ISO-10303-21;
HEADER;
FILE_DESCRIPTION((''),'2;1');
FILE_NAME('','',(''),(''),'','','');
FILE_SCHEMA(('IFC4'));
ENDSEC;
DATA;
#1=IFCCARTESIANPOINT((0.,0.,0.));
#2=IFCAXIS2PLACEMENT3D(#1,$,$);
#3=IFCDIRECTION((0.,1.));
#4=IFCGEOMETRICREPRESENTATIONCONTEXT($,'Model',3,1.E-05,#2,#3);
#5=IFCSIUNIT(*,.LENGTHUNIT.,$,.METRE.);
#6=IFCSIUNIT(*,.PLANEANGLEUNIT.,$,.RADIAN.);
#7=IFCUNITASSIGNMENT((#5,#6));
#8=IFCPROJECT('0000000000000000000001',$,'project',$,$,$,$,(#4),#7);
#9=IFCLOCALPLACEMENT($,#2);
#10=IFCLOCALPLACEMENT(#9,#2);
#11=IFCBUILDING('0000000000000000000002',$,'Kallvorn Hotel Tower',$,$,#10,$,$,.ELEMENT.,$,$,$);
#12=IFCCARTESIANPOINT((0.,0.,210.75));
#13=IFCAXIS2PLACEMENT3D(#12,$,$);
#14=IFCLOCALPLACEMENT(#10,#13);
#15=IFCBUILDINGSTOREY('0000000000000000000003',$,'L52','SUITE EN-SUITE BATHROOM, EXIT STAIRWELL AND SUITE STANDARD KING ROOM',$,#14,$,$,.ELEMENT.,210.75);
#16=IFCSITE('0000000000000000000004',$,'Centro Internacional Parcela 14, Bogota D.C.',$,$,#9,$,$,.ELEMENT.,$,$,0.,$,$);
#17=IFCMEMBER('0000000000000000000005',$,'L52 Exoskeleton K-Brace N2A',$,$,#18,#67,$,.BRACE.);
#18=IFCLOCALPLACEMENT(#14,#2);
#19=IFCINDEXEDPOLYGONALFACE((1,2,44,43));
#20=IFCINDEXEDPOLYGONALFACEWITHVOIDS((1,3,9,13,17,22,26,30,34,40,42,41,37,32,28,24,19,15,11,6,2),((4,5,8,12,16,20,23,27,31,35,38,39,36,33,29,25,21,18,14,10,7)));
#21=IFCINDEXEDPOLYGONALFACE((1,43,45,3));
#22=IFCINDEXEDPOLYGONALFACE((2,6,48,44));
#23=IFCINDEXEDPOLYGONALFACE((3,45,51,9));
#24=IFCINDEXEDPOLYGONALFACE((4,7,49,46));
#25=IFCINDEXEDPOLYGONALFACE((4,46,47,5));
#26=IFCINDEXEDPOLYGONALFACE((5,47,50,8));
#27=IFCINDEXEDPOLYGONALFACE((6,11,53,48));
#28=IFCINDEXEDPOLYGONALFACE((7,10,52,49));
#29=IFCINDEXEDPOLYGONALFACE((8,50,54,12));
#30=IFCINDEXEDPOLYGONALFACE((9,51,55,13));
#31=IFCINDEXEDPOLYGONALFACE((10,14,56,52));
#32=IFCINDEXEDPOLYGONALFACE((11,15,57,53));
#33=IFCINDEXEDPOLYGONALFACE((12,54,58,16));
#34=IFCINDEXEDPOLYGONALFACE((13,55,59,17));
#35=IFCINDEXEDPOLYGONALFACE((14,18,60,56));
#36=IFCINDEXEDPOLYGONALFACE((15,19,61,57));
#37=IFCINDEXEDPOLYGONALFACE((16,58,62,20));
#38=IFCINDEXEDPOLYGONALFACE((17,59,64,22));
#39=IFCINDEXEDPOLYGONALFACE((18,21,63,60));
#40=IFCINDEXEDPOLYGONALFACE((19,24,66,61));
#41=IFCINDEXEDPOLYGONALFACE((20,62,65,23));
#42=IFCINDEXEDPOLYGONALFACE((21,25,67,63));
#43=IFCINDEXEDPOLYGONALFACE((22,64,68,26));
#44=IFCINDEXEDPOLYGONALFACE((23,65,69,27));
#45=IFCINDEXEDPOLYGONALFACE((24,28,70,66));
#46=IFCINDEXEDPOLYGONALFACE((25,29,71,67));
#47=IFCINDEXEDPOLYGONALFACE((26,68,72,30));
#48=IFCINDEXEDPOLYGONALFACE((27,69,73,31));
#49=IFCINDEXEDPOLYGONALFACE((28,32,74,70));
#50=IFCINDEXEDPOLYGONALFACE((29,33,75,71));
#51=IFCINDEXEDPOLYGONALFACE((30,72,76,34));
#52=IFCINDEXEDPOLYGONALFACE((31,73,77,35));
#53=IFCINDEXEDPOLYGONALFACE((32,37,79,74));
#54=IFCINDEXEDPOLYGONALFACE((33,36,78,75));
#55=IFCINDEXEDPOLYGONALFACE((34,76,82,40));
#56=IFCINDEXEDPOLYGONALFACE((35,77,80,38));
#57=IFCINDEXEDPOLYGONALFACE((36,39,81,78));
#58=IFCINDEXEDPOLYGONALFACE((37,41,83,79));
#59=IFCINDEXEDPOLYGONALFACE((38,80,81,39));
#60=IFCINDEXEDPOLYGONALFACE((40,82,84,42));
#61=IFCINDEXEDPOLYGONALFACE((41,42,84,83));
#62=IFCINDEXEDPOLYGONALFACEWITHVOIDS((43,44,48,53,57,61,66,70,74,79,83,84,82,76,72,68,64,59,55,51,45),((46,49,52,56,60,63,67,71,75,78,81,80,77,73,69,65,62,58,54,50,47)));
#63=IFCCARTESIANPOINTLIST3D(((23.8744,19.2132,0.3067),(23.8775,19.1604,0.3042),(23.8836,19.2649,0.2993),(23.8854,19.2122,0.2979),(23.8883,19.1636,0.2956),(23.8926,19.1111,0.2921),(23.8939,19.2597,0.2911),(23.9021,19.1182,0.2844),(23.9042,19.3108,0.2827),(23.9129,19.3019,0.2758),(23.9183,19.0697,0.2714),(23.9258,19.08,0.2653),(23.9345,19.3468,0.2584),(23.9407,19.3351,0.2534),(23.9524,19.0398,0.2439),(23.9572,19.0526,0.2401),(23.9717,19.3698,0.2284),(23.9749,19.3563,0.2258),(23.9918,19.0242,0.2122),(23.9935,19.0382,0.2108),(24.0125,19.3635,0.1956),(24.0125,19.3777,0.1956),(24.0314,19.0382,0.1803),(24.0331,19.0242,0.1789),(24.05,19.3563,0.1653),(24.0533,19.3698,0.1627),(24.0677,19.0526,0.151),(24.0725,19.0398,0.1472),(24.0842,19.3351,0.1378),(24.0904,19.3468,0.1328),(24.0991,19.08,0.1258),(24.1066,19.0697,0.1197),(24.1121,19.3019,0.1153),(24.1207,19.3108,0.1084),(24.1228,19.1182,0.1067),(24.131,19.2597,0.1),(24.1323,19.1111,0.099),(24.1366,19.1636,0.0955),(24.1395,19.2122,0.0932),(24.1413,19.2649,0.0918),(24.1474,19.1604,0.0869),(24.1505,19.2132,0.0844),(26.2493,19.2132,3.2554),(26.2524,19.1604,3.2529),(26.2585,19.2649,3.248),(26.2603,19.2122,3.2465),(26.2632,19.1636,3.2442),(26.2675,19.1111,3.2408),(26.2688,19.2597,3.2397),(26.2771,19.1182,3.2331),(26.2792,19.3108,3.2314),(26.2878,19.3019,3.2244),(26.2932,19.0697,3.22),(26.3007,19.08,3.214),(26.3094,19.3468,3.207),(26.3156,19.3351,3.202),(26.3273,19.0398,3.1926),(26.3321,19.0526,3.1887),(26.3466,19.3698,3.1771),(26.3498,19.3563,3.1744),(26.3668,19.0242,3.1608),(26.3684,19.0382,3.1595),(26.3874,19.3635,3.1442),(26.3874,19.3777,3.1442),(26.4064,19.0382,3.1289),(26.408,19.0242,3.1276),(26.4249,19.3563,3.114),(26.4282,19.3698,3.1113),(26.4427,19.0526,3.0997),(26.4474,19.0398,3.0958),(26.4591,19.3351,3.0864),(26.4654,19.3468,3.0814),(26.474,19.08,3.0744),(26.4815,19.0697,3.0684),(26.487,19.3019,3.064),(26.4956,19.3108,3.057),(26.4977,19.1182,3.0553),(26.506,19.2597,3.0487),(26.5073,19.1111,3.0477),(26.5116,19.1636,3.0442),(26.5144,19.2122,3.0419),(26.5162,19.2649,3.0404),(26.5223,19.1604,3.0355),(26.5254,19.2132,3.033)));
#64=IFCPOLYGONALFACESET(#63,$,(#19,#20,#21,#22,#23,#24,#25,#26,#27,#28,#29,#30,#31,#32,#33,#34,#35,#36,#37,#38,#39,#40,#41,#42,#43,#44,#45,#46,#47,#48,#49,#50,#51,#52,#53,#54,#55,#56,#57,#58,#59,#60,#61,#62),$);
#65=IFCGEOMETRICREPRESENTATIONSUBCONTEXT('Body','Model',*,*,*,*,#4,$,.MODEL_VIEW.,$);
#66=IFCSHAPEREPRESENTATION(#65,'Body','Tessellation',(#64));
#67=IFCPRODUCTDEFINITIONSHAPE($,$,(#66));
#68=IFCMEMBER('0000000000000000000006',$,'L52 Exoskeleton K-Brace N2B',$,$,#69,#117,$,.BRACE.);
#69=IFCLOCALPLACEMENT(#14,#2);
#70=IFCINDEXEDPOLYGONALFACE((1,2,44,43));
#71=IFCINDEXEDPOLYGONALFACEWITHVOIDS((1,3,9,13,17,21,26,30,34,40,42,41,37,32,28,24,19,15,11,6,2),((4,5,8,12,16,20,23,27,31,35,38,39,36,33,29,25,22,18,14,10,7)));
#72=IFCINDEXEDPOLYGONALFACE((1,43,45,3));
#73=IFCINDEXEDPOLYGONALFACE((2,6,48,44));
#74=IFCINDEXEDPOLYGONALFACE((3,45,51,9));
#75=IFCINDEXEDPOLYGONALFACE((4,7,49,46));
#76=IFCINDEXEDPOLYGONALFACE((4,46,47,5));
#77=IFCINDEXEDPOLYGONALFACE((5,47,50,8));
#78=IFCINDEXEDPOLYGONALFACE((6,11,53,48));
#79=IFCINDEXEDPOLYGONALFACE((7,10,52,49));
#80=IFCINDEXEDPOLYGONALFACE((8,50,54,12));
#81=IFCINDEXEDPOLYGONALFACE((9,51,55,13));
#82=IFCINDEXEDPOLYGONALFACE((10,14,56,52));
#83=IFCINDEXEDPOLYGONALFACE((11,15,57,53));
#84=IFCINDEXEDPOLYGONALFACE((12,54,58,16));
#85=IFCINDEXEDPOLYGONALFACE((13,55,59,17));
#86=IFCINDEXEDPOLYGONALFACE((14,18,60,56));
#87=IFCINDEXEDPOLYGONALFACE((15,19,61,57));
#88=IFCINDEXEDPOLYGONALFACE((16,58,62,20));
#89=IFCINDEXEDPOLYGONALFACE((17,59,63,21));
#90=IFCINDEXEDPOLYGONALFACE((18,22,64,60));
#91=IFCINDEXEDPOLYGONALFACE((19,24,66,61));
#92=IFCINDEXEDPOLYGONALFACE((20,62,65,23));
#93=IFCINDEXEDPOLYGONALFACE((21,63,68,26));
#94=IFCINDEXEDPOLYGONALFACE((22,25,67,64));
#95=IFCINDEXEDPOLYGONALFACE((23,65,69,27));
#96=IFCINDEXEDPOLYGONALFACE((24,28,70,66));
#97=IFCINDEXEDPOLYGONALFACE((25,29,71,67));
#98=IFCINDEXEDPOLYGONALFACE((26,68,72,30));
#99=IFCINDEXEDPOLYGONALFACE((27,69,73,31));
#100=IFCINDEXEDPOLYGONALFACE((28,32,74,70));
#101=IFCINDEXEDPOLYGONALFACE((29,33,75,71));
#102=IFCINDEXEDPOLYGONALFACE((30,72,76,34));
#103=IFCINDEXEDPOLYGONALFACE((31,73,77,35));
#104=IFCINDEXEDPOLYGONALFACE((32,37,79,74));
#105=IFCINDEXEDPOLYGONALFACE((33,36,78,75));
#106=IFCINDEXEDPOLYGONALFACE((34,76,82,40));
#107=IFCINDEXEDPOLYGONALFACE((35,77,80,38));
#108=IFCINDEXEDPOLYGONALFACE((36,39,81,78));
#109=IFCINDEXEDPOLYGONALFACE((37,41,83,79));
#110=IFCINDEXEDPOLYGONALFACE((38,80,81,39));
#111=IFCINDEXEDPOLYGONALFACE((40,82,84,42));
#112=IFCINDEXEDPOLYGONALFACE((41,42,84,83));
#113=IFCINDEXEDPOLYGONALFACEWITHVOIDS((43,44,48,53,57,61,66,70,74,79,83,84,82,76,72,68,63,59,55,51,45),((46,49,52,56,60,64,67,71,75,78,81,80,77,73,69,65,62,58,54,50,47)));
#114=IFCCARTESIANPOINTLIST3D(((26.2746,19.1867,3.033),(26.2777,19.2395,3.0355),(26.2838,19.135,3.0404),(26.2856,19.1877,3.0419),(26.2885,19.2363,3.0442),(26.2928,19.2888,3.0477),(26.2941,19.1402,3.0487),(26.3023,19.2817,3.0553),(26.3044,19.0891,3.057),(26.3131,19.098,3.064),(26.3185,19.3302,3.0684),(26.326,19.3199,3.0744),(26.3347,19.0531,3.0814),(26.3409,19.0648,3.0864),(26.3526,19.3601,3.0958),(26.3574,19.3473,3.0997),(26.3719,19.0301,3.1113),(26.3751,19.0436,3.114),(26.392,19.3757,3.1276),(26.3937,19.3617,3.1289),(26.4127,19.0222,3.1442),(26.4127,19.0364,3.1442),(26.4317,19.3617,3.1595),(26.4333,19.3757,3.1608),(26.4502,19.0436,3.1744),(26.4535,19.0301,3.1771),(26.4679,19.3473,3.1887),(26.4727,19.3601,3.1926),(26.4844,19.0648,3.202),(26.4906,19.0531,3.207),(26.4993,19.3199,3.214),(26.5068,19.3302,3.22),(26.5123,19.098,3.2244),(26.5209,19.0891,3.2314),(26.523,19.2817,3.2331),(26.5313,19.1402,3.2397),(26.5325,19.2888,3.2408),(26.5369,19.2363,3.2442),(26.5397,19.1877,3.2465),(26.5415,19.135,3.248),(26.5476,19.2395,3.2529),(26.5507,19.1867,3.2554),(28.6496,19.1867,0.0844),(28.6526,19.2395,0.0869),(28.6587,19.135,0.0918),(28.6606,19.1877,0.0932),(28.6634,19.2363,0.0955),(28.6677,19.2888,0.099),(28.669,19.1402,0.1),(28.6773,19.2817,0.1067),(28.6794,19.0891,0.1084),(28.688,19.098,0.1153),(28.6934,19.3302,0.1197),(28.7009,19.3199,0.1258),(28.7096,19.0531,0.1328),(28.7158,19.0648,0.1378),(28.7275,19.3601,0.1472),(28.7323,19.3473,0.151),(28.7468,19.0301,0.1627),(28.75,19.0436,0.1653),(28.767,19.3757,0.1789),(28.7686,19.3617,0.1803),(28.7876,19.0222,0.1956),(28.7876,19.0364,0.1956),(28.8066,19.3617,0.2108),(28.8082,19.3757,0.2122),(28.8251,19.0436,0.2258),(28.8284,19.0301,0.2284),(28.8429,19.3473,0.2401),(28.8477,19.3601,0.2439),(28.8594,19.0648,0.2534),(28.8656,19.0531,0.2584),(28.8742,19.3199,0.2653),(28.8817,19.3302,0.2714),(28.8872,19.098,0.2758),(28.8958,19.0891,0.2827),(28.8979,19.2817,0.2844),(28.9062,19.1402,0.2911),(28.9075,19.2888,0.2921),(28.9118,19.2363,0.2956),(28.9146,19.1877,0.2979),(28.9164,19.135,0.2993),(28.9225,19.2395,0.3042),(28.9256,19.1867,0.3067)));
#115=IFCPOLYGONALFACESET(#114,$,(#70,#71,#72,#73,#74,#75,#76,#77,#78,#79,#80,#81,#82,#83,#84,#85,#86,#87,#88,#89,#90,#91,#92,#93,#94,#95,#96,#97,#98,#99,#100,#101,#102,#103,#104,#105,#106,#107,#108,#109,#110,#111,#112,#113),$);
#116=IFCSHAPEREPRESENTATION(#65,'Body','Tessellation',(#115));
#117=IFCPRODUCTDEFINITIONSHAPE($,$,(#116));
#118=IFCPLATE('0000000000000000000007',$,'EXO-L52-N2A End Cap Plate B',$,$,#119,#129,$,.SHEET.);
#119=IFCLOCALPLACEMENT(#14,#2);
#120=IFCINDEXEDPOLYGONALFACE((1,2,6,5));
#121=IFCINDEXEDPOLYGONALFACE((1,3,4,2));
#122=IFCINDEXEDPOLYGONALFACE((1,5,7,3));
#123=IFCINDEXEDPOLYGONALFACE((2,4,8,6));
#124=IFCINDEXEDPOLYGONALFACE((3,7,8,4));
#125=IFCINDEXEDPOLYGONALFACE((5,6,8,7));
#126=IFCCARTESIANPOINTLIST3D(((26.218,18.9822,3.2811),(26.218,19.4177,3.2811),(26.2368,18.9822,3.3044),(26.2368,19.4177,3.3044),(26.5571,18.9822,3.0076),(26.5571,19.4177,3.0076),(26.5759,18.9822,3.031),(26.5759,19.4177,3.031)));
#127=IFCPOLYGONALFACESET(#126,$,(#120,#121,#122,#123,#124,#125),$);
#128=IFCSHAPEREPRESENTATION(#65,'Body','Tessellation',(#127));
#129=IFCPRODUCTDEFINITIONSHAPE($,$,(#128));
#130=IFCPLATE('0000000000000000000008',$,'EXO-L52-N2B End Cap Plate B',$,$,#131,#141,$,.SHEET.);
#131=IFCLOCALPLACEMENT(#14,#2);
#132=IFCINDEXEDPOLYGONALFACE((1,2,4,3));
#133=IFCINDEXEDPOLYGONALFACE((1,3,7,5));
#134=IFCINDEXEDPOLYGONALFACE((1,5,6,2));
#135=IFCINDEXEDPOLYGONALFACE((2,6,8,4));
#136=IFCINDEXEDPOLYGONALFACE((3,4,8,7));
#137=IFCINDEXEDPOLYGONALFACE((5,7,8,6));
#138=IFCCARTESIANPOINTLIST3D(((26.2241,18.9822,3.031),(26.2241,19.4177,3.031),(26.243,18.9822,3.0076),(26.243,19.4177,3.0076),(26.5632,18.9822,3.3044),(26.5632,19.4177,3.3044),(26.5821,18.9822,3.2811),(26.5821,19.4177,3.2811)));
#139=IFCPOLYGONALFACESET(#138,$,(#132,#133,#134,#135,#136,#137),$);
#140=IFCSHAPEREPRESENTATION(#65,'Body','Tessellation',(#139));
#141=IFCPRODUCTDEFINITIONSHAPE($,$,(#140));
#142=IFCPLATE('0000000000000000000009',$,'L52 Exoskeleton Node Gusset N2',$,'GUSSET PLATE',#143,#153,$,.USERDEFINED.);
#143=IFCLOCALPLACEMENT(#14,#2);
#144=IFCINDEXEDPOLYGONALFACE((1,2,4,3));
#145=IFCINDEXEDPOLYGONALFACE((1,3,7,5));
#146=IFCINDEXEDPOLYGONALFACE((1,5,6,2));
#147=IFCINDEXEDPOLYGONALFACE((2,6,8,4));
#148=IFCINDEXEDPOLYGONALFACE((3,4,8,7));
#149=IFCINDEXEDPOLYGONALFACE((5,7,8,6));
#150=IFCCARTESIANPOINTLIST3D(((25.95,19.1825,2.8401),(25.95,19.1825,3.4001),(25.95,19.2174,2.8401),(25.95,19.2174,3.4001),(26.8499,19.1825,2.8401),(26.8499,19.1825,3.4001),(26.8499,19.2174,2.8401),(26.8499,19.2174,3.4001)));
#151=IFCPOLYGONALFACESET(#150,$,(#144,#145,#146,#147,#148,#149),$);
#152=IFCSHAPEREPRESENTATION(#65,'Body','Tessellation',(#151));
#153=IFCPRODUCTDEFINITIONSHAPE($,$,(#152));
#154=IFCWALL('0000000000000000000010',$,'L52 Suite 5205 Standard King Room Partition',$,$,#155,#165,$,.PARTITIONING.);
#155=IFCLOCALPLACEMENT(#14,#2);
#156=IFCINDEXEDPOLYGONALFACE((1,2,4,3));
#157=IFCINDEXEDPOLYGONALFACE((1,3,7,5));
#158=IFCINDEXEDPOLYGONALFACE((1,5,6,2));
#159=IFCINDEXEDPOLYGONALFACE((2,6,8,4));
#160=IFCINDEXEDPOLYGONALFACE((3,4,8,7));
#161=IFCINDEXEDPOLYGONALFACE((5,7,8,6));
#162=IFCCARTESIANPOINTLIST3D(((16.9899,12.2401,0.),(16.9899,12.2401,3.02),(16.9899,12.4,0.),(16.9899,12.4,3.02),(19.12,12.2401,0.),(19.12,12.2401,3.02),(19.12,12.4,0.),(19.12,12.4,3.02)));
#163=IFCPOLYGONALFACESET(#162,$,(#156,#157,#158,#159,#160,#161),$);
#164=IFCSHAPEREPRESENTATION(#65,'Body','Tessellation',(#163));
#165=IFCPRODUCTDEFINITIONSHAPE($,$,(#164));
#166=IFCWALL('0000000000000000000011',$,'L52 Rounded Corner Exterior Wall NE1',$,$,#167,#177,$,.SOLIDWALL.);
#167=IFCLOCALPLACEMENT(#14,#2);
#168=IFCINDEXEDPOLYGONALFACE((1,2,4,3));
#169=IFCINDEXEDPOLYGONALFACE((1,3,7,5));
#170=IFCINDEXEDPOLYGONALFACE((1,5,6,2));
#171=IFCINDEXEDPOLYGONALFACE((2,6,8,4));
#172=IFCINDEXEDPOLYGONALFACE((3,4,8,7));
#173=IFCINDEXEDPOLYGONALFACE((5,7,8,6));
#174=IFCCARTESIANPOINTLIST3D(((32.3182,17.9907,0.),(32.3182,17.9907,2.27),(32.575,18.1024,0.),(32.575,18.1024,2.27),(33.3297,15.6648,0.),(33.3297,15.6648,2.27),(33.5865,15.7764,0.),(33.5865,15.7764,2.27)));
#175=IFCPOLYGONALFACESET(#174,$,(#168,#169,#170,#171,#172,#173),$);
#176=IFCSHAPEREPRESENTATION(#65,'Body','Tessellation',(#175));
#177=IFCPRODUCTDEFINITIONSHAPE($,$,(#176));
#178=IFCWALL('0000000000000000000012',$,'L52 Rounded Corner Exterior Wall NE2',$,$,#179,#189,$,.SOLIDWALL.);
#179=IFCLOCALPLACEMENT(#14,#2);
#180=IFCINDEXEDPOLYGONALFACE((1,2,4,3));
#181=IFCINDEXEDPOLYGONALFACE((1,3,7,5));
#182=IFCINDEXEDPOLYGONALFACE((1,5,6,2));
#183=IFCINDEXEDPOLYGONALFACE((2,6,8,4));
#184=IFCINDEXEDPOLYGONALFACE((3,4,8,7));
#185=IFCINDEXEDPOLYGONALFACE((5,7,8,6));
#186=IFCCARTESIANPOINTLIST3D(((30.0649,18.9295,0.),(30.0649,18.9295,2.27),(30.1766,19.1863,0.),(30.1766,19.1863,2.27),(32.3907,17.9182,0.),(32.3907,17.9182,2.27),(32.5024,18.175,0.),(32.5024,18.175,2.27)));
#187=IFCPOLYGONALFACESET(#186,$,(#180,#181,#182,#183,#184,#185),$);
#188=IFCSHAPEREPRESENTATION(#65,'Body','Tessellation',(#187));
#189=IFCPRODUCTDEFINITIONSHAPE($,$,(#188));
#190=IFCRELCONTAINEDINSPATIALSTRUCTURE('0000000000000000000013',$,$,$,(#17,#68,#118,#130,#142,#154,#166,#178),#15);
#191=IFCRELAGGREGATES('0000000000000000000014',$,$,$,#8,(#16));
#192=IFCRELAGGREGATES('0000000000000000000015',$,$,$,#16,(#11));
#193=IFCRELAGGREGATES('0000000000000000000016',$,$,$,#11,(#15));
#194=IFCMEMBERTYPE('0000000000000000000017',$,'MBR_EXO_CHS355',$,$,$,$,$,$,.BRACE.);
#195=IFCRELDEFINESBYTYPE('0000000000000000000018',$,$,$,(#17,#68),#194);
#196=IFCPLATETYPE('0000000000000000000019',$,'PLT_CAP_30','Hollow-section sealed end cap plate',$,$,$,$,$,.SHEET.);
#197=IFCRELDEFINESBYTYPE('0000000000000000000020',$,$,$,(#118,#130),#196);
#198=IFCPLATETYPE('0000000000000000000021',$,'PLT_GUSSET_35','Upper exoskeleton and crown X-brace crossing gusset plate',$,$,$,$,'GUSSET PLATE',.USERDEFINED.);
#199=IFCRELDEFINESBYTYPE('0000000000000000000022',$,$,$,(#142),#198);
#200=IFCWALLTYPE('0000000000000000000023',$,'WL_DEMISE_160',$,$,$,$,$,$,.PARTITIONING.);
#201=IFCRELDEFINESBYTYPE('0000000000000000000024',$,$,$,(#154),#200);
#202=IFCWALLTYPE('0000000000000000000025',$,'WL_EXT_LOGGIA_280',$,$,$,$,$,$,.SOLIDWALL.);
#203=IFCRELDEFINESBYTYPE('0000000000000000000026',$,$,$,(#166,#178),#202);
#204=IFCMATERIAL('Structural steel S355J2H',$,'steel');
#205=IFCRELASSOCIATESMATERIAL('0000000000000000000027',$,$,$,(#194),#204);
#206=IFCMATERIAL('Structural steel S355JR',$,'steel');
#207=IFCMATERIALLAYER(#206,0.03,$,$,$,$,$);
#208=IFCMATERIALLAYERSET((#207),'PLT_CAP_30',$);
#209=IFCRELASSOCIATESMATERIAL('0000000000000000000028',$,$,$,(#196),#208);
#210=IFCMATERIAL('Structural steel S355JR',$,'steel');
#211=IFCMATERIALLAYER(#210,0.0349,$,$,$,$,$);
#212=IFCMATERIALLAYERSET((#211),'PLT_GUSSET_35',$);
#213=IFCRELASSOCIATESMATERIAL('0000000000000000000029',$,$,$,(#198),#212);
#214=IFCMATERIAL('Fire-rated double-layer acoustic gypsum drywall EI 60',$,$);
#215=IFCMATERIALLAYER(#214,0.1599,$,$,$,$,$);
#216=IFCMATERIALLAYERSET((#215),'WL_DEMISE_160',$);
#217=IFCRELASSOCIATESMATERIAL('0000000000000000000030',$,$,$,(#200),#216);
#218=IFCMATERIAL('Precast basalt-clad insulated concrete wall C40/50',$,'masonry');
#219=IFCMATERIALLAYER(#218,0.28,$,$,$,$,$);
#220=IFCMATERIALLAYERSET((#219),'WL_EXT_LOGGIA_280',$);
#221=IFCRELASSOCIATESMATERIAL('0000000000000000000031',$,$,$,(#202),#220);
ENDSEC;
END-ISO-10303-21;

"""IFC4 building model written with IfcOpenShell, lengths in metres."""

from ifc_helpers import new_model, si_unit, direction, frame, frame_2d, origin, origin_2d, place, context, subcontext, project, spatial, polyline, rectangle, hollow_circle, outline, extrude, material, layer, layer_set, material_profile, profile_set, type_object, element, save


model = new_model("IFC4")

# Units and contexts
model_context = context("Model", 3, precision=1e-05, world=origin(), true_north=direction((0.0, 1.0)))
body_context = subcontext(model_context, "Body", "Model", "MODEL_VIEW")
ifc_project = project(units=[si_unit("LENGTHUNIT", "METRE"), si_unit("PLANEANGLEUNIT", "RADIAN")], contexts=[model_context])

# Site, building, storey
site_placement = place(None, origin())
site = spatial("IfcSite", under=ifc_project, at=site_placement, Name="Centro Internacional Parcela 14, Bogota D.C.", CompositionType="ELEMENT", RefElevation=0.0)
building_placement = place(site_placement, origin())
building = spatial("IfcBuilding", under=site, at=building_placement, Name="Kallvorn Hotel Tower", CompositionType="ELEMENT")
storey_placement = place(building_placement, frame((0.0, 0.0, 210.75)))
storey = spatial("IfcBuildingStorey", under=building, at=storey_placement, Name="L52", Description="SUITE EN-SUITE BATHROOM, EXIT STAIRWELL AND SUITE STANDARD KING ROOM", CompositionType="ELEMENT", Elevation=210.75)

# Members
ifc_material_1 = material(Name="Structural steel S355J2H", Category="steel")
ifc_material_profile_1 = material_profile(ifc_material_1, hollow_circle(Radius=0.1777, WallThickness=0.0142, at=origin_2d()), Name="CHS 355.6x14.2")
ifc_profile_set_1 = profile_set([ifc_material_profile_1], Name="Structural steel S355J2H")
member_type_1 = type_object("IfcMemberType", Name="MBR_EXO_CHS355", PredefinedType="BRACE", material=ifc_profile_set_1)
for number, where, z_axis, x_axis, name in (
    (1, (24.0125, 19.2, 0.1956), (0.627271, 0.0, 0.778801), (0.0, 1.0, 0.0), "L52 Exoskeleton K-Brace N2A"),
    (2, (28.7876, 19.2, 0.1956), (-0.627271, 0.0, 0.778801), (0.0, -1.0, 0.0), "L52 Exoskeleton K-Brace N2B"),
):
    element("IfcMember", number, at=place(storey_placement, frame(where, z_axis=z_axis, x_axis=x_axis)), inside=storey, type_object=member_type_1, Name=name, PredefinedType="BRACE", context=body_context, shape_type="SweptSolid", body=[
        extrude(hollow_circle(Radius=0.1777, WallThickness=0.0142, at=origin_2d()), origin(), (0.0, 0.0, 1.0), 3.7861),
    ])

# Plates
ifc_material_2 = material(Name="Structural steel S355JR", Category="steel")
ifc_layer_1 = layer(ifc_material_2, 0.03)
ifc_layer_set_1 = layer_set([ifc_layer_1], Name="PLT_CAP_30")
plate_type_1 = type_object("IfcPlateType", Name="PLT_CAP_30", Description="Hollow-section sealed end cap plate", PredefinedType="SHEET", material=ifc_layer_set_1)
for number, where, z_axis, x_axis, name in (
    (3, (26.5759, 18.9822, 3.031), (0.627698, 0.0, 0.778457), (0.0, 1.0, 0.0), "EXO-L52-N2A End Cap Plate B"),
    (4, (26.2241, 19.4177, 3.031), (-0.627698, 0.0, 0.778457), (0.0, -1.0, 0.0), "EXO-L52-N2B End Cap Plate B"),
):
    element("IfcPlate", number, at=place(storey_placement, frame(where, z_axis=z_axis, x_axis=x_axis)), inside=storey, type_object=plate_type_1, Name=name, PredefinedType="SHEET", context=body_context, shape_type="SweptSolid", body=[
        extrude(outline(polyline([(0.0, 0.0), (0.4355, 0.0), (0.4355, 0.4356), (0.0, 0.4356), (0.0, 0.0)])), origin(), (0.0, 0.0, -1.0), 0.03),
    ])
ifc_material_3 = material(Name="Structural steel S355JR", Category="steel")
ifc_layer_2 = layer(ifc_material_3, 0.0349)
ifc_layer_set_2 = layer_set([ifc_layer_2], Name="PLT_GUSSET_35")
plate_type_2 = type_object("IfcPlateType", Name="PLT_GUSSET_35", Description="Upper exoskeleton and crown X-brace crossing gusset plate", ElementType="GUSSET PLATE", PredefinedType="USERDEFINED", material=ifc_layer_set_2)
plate_placement = place(storey_placement, frame((26.3999, 19.2, 2.8401), z_axis=(0.0, 0.0, 1.0), x_axis=(1.0, 0.0, 0.0)))
element("IfcPlate", 5, at=plate_placement, inside=storey, type_object=plate_type_2, Name="L52 Exoskeleton Node Gusset N2", ObjectType="GUSSET PLATE", PredefinedType="USERDEFINED", context=body_context, shape_type="SweptSolid", body=[
    extrude(rectangle(XDim=0.8999, YDim=0.0349, at=origin_2d()), origin(), (0.0, 0.0, 1.0), 0.5601),
])

# Walls
ifc_material_4 = material(Name="Fire-rated double-layer acoustic gypsum drywall EI 60")
ifc_layer_3 = layer(ifc_material_4, 0.1599)
ifc_layer_set_3 = layer_set([ifc_layer_3], Name="WL_DEMISE_160")
wall_type_1 = type_object("IfcWallType", Name="WL_DEMISE_160", PredefinedType="PARTITIONING", material=ifc_layer_set_3)
wall_1_placement = place(storey_placement, frame((16.99, 12.3201, 0.0), z_axis=(0.0, 0.0, 1.0), x_axis=(1.0, 0.0, 0.0)))
element("IfcWall", 6, at=wall_1_placement, inside=storey, type_object=wall_type_1, Name="L52 Suite 5205 Standard King Room Partition", PredefinedType="PARTITIONING", context=body_context, shape_type="SweptSolid", body=[
    extrude(rectangle(XDim=2.1301, YDim=0.1599, at=frame_2d((1.0649, 0.0))), origin(), (0.0, 0.0, 1.0), 3.02),
])
ifc_material_5 = material(Name="Precast basalt-clad insulated concrete wall C40/50", Category="masonry")
ifc_layer_4 = layer(ifc_material_5, 0.28)
ifc_layer_set_4 = layer_set([ifc_layer_4], Name="WL_EXT_LOGGIA_280")
wall_type_2 = type_object("IfcWallType", Name="WL_EXT_LOGGIA_280", PredefinedType="SOLIDWALL", material=ifc_layer_set_4)
wall_2_placement = place(storey_placement, frame((33.458, 15.7207, 0.0), z_axis=(0.0, 0.0, 1.0), x_axis=(-0.398793, 0.917041, 0.0)))
element("IfcWall", 7, at=wall_2_placement, inside=storey, type_object=wall_type_2, Name="L52 Rounded Corner Exterior Wall NE1", PredefinedType="SOLIDWALL", context=body_context, shape_type="SweptSolid", body=[
    extrude(rectangle(XDim=2.5364, YDim=0.28, at=frame_2d((1.2681, 0.0))), origin(), (0.0, 0.0, 1.0), 2.27),
])
wall_3_placement = place(storey_placement, frame((32.4465, 18.0466, 0.0), z_axis=(0.0, 0.0, 1.0), x_axis=(-0.917061, 0.398747, 0.0)))
element("IfcWall", 8, at=wall_3_placement, inside=storey, type_object=wall_type_2, Name="L52 Rounded Corner Exterior Wall NE2", PredefinedType="SOLIDWALL", context=body_context, shape_type="SweptSolid", body=[
    extrude(rectangle(XDim=2.5361, YDim=0.28, at=frame_2d((1.2681, 0.0))), origin(), (0.0, 0.0, 1.0), 2.27),
])

save(model, "model.ifc")
